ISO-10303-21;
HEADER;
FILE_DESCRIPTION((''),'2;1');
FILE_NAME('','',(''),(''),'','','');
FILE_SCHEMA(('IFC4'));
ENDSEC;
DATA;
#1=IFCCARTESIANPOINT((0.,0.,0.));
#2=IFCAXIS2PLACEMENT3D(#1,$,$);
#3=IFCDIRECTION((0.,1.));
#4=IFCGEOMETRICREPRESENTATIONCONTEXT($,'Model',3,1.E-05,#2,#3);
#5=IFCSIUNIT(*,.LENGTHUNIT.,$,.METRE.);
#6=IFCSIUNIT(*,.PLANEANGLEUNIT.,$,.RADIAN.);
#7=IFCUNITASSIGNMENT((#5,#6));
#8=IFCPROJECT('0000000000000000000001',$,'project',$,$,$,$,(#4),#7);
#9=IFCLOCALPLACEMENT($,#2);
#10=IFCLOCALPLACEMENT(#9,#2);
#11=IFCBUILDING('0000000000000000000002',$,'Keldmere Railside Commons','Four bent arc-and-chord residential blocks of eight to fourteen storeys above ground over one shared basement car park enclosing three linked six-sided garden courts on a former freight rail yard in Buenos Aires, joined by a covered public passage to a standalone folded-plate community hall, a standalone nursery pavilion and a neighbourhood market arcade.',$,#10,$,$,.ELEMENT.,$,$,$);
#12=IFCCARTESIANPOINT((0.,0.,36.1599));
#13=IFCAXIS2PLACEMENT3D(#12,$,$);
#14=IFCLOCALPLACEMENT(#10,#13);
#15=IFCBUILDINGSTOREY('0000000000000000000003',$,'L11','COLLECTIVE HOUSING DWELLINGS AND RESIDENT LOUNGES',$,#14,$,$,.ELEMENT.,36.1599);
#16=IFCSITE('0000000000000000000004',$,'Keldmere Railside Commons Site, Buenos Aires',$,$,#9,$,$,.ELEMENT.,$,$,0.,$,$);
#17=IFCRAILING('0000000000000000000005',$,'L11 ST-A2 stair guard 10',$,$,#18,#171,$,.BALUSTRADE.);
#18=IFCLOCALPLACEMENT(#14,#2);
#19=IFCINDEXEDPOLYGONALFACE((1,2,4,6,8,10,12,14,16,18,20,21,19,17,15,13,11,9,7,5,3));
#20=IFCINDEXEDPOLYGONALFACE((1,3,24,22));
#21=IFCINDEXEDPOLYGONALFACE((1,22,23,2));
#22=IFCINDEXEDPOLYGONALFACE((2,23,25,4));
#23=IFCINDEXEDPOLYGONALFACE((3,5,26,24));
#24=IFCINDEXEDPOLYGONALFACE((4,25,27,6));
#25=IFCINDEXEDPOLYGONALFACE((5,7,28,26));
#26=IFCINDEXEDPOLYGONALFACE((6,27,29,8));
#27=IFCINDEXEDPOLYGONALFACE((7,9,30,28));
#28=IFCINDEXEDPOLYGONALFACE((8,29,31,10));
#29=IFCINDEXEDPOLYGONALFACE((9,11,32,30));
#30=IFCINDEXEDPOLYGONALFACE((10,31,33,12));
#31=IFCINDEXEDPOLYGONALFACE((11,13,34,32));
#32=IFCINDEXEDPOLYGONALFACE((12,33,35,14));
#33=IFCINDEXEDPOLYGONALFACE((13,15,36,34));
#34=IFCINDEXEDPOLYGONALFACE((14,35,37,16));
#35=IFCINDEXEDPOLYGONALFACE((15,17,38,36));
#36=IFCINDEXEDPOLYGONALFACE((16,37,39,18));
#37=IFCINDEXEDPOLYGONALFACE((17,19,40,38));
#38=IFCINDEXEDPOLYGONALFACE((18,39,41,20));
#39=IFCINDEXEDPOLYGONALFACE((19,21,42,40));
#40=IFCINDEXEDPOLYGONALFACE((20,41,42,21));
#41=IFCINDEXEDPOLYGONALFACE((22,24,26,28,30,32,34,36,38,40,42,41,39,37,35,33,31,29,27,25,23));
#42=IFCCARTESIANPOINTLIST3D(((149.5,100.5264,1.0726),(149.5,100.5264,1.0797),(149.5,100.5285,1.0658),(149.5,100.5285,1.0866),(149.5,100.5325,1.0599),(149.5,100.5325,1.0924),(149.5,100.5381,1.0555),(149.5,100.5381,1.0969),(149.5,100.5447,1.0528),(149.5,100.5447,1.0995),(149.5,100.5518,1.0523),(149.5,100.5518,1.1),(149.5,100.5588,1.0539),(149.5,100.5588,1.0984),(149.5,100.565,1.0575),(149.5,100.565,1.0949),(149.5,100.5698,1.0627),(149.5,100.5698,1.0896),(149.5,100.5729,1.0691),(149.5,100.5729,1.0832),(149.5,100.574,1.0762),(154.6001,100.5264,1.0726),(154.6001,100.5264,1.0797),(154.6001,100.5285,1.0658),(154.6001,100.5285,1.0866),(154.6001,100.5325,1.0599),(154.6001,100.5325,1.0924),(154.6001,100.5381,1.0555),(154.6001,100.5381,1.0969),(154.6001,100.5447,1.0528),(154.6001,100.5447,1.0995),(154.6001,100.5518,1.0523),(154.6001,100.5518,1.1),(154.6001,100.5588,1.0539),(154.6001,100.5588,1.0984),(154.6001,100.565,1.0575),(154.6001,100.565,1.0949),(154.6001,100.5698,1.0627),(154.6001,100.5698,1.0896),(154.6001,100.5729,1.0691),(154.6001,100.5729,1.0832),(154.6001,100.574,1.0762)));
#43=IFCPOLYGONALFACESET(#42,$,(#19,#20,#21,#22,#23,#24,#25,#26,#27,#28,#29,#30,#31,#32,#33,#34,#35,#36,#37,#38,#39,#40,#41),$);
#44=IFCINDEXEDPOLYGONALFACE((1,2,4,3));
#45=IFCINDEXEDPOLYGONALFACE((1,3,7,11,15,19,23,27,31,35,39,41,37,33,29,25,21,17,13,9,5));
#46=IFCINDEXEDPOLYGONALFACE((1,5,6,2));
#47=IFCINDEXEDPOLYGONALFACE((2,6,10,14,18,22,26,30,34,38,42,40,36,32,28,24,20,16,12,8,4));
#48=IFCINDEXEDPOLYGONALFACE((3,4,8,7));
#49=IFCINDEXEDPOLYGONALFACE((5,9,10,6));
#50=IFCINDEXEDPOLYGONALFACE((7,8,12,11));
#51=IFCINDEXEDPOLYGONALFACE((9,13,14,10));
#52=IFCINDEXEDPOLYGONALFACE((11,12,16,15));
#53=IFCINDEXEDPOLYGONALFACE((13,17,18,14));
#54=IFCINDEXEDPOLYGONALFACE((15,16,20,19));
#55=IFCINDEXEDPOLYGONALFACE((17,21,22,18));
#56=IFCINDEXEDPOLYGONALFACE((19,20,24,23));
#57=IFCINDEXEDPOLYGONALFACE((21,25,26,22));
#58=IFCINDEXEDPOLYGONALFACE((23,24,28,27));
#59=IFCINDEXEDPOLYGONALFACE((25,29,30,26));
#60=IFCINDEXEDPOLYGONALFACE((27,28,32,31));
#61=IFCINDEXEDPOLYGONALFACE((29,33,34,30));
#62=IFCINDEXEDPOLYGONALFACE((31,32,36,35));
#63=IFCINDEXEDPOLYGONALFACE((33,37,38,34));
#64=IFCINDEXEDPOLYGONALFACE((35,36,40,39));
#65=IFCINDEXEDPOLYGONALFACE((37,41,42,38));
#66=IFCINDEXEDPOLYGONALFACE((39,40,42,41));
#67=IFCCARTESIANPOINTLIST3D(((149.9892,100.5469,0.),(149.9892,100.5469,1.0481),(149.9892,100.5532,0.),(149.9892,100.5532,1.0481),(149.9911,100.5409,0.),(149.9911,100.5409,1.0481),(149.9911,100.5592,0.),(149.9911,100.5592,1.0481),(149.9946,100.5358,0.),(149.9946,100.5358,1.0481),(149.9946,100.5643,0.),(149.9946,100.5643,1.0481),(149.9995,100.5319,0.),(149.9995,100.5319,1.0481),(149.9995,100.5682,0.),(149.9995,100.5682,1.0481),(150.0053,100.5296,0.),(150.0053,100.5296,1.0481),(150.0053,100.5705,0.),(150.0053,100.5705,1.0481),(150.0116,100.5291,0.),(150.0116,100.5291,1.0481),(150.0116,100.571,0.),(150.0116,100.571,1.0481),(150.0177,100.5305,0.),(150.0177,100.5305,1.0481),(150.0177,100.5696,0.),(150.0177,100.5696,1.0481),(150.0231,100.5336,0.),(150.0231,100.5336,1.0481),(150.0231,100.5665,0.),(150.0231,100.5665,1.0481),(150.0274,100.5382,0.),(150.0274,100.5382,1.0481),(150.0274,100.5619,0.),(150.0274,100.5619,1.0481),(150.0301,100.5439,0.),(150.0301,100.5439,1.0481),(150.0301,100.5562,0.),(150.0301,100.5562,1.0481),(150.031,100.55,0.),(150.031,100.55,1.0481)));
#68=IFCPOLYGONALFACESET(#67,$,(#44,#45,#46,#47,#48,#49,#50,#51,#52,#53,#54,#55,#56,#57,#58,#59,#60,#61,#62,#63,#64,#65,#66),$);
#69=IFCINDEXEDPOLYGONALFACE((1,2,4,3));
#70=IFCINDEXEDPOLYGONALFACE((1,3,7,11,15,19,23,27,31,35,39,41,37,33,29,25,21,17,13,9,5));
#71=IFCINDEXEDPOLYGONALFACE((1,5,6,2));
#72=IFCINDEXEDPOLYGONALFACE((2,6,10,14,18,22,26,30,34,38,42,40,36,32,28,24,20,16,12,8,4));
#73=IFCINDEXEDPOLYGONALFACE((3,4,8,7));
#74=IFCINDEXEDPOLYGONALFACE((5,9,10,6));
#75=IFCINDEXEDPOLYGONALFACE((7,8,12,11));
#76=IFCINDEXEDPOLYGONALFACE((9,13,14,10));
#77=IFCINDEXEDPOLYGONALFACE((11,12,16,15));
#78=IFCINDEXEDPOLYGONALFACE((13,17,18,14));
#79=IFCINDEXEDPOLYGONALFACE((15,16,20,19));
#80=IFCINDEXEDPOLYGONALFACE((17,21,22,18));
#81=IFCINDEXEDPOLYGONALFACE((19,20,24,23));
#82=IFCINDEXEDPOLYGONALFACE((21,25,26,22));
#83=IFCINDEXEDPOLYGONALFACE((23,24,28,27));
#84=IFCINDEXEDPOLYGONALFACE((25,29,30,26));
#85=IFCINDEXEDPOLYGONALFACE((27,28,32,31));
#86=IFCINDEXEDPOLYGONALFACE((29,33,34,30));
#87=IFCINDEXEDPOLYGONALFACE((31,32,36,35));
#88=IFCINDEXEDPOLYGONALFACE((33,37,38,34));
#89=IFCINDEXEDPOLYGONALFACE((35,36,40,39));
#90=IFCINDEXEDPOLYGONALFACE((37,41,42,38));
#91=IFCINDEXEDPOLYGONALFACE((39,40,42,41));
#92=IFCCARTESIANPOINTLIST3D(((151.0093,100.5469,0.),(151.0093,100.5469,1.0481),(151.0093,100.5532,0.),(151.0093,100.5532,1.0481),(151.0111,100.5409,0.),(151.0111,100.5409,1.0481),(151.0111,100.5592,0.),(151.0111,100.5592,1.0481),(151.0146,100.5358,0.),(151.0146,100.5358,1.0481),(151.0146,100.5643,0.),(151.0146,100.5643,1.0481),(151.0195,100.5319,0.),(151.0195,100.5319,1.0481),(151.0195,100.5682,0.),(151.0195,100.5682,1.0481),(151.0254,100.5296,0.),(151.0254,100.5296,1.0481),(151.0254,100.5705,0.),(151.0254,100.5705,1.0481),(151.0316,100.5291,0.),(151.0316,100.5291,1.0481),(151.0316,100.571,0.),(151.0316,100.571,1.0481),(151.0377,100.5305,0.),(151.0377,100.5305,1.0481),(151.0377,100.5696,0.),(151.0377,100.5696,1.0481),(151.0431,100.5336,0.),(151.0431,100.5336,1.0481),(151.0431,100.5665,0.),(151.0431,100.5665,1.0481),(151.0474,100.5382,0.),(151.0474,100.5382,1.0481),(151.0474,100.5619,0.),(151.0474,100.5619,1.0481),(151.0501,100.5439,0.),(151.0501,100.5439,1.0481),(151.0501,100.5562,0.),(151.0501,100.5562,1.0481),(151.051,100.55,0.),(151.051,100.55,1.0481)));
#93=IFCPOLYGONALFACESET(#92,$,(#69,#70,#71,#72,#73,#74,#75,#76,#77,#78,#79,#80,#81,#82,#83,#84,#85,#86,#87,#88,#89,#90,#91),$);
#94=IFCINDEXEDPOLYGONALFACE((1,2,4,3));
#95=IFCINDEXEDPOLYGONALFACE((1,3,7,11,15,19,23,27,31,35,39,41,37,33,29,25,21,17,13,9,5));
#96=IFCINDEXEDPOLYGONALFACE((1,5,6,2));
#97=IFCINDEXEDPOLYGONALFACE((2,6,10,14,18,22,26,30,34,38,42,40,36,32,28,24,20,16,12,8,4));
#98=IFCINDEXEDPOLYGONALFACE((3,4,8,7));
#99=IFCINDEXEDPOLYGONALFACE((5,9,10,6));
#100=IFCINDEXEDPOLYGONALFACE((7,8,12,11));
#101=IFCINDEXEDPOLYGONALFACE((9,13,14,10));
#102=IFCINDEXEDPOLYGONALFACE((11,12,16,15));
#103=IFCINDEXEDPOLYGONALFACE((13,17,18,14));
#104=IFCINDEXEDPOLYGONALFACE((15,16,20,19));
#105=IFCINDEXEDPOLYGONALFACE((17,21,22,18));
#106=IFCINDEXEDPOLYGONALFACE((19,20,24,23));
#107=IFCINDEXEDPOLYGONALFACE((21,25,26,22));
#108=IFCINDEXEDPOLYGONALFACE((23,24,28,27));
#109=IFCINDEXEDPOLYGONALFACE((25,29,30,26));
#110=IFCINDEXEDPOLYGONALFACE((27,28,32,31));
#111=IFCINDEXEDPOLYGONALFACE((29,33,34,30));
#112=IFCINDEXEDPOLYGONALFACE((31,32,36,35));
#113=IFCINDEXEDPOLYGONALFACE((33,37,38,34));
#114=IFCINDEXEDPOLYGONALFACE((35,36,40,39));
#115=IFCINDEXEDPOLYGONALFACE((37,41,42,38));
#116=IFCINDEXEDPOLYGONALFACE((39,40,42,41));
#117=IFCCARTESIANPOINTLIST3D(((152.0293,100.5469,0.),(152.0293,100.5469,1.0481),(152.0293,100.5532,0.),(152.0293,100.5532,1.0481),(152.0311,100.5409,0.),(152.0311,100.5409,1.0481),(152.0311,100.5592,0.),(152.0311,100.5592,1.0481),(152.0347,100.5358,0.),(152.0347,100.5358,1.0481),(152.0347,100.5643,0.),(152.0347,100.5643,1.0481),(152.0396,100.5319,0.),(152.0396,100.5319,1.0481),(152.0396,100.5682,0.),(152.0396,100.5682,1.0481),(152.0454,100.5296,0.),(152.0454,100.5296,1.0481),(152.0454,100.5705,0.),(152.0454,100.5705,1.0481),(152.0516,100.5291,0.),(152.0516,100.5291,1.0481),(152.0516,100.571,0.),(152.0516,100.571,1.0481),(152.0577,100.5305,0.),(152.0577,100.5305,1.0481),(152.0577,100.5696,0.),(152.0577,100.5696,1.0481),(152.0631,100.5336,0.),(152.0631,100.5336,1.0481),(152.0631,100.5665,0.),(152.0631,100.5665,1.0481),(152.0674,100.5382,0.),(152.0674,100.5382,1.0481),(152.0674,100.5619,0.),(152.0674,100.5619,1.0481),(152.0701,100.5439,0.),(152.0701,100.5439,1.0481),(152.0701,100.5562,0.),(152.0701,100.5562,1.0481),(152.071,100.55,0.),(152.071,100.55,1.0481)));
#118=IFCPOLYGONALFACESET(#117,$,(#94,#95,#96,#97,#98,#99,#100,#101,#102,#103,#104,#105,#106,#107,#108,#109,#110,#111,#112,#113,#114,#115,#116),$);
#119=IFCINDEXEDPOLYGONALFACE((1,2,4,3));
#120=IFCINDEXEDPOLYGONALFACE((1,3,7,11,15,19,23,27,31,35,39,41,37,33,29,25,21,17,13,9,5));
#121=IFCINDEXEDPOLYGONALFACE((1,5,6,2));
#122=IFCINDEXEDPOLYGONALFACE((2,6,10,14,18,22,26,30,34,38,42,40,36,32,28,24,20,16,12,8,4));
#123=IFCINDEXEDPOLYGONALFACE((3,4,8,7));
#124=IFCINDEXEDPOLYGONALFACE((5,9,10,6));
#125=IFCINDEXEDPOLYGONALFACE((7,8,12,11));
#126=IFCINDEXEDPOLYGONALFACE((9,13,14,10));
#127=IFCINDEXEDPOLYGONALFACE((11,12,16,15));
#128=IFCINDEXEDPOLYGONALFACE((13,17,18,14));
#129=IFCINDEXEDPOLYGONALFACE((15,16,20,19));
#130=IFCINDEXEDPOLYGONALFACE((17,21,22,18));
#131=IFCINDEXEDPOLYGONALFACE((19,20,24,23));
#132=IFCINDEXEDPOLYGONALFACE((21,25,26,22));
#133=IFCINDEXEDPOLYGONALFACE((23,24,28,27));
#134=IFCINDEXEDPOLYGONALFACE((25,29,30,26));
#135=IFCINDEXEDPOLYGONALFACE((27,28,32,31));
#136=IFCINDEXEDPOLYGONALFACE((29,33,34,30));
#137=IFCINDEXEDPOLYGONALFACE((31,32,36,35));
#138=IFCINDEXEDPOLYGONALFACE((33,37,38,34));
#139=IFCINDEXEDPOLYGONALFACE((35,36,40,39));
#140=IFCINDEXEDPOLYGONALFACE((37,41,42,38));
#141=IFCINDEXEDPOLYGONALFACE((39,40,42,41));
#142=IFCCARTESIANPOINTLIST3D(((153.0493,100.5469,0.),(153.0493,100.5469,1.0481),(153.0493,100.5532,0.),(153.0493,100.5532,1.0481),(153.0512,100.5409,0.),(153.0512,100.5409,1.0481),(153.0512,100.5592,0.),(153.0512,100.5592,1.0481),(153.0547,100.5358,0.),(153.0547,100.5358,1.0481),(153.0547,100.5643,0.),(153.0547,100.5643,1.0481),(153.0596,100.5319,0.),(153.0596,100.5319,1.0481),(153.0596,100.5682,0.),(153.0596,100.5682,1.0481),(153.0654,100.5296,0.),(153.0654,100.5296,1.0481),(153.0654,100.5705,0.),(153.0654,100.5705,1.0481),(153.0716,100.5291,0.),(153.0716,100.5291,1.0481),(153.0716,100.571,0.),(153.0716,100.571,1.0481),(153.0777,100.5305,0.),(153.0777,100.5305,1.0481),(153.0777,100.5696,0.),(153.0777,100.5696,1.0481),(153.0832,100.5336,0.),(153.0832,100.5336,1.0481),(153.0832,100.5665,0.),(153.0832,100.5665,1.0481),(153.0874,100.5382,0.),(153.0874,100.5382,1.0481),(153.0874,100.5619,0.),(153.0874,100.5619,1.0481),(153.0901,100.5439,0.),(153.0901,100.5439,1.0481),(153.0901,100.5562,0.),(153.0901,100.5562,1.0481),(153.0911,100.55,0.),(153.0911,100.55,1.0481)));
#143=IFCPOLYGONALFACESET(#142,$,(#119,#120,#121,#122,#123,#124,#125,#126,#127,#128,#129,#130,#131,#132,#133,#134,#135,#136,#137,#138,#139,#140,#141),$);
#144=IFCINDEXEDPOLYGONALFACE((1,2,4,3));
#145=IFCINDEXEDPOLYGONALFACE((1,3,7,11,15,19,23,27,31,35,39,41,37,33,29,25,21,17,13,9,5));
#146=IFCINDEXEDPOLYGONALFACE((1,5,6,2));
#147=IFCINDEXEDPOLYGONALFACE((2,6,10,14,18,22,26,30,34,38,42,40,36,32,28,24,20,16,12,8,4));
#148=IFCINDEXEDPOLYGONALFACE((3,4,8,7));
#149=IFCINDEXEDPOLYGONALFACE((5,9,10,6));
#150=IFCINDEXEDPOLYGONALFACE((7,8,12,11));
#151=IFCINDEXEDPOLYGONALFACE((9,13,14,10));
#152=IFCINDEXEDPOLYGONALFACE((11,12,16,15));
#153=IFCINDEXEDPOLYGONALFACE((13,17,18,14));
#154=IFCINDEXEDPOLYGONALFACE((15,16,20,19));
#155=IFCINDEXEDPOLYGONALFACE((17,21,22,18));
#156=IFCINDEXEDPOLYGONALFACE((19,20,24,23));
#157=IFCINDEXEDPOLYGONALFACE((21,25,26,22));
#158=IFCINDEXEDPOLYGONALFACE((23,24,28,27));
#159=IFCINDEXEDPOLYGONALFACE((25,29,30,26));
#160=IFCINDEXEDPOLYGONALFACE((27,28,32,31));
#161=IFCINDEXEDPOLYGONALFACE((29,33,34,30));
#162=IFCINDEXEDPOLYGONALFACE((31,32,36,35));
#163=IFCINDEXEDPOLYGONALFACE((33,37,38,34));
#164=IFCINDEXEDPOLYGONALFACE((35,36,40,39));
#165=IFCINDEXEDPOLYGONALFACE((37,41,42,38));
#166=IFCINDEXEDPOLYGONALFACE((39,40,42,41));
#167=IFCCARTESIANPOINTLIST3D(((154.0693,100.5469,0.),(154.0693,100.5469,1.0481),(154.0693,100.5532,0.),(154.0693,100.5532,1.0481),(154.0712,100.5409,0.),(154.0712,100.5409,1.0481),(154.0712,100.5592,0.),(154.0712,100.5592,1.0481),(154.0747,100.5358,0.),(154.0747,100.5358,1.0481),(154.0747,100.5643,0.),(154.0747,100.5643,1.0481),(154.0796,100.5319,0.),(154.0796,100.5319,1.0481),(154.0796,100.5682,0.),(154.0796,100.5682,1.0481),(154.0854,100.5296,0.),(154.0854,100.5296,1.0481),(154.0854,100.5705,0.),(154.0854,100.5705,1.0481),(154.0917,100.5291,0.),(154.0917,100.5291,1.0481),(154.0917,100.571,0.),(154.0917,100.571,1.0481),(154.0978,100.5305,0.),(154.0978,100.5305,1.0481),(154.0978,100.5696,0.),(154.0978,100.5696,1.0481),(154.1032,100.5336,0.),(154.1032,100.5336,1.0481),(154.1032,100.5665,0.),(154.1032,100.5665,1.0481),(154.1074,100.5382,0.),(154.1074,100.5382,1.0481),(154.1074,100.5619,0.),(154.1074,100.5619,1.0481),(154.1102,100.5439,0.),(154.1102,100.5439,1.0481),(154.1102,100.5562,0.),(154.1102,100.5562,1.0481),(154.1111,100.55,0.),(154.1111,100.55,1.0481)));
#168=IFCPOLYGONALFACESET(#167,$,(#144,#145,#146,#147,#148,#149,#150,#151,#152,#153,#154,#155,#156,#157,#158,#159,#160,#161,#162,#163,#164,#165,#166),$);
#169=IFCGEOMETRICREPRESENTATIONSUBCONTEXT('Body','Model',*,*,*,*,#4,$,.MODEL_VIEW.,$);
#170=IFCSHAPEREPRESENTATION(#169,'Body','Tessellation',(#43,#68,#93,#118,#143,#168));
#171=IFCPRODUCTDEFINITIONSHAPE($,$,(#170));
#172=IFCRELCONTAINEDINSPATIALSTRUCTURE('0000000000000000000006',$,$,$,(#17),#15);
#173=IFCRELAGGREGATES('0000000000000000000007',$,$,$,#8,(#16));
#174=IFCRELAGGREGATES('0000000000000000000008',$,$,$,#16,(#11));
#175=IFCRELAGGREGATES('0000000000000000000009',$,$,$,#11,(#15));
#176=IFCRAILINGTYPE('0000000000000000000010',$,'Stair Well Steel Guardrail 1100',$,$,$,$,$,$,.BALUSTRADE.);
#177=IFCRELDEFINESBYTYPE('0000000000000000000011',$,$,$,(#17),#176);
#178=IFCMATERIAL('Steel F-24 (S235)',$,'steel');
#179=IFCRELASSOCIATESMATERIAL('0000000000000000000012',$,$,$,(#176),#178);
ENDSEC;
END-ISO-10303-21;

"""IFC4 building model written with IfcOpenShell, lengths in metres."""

from ifc_helpers import new_model, si_unit, direction, frame, origin, origin_2d, place, context, subcontext, project, spatial, circle, extrude, material, type_object, element, save


model = new_model("IFC4")

# Units and contexts
model_context = context("Model", 3, precision=1e-05, world=origin(), true_north=direction((0.0, 1.0)))
body_context = subcontext(model_context, "Body", "Model", "MODEL_VIEW")
ifc_project = project(units=[si_unit("LENGTHUNIT", "METRE"), si_unit("PLANEANGLEUNIT", "RADIAN")], contexts=[model_context])

# Site, building, storey
site_placement = place(None, origin())
site = spatial("IfcSite", under=ifc_project, at=site_placement, Name="Keldmere Railside Commons Site, Buenos Aires", CompositionType="ELEMENT", RefElevation=0.0)
building_placement = place(site_placement, origin())
building = spatial("IfcBuilding", under=site, at=building_placement, Name="Keldmere Railside Commons", Description="Four bent arc-and-chord residential blocks of eight to fourteen storeys above ground over one shared basement car park enclosing three linked six-sided garden courts on a former freight rail yard in Buenos Aires, joined by a covered public passage to a standalone folded-plate community hall, a standalone nursery pavilion and a neighbourhood market arcade.", CompositionType="ELEMENT")
storey_placement = place(building_placement, frame((0.0, 0.0, 36.1599)))
storey = spatial("IfcBuildingStorey", under=building, at=storey_placement, Name="L11", Description="COLLECTIVE HOUSING DWELLINGS AND RESIDENT LOUNGES", CompositionType="ELEMENT", Elevation=36.1599)

# Railing
ifc_material_1 = material(Name="Steel F-24 (S235)", Category="steel")
railing_type_1 = type_object("IfcRailingType", Name="Stair Well Steel Guardrail 1100", PredefinedType="BALUSTRADE", material=ifc_material_1)
railing_1_placement = place(storey_placement, frame((149.5, 100.55, 0.0)))
element("IfcRailing", 1, at=railing_1_placement, inside=storey, type_object=railing_type_1, Name="L11 ST-A2 stair guard 10", PredefinedType="BALUSTRADE", context=body_context, shape_type="SweptSolid", body=[
    extrude(circle(Radius=0.0239, at=origin_2d()), frame((0.0, 0.0, 1.0762), z_axis=(1.0, 0.0, 0.0), x_axis=(0.0, 1.0, 0.0)), (0.0, 0.0, 1.0), 5.1001),
    extrude(circle(Radius=0.021, at=origin_2d()), frame((0.51, 0.0, 0.0)), (0.0, 0.0, 1.0), 1.0481),
    extrude(circle(Radius=0.021, at=origin_2d()), frame((1.53, 0.0, 0.0)), (0.0, 0.0, 1.0), 1.0481),
    extrude(circle(Radius=0.021, at=origin_2d()), frame((2.55, 0.0, 0.0)), (0.0, 0.0, 1.0), 1.0481),
    extrude(circle(Radius=0.021, at=origin_2d()), frame((3.5701, 0.0, 0.0)), (0.0, 0.0, 1.0), 1.0481),
    extrude(circle(Radius=0.021, at=origin_2d()), frame((4.5901, 0.0, 0.0)), (0.0, 0.0, 1.0), 1.0481),
])

save(model, "model.ifc")
